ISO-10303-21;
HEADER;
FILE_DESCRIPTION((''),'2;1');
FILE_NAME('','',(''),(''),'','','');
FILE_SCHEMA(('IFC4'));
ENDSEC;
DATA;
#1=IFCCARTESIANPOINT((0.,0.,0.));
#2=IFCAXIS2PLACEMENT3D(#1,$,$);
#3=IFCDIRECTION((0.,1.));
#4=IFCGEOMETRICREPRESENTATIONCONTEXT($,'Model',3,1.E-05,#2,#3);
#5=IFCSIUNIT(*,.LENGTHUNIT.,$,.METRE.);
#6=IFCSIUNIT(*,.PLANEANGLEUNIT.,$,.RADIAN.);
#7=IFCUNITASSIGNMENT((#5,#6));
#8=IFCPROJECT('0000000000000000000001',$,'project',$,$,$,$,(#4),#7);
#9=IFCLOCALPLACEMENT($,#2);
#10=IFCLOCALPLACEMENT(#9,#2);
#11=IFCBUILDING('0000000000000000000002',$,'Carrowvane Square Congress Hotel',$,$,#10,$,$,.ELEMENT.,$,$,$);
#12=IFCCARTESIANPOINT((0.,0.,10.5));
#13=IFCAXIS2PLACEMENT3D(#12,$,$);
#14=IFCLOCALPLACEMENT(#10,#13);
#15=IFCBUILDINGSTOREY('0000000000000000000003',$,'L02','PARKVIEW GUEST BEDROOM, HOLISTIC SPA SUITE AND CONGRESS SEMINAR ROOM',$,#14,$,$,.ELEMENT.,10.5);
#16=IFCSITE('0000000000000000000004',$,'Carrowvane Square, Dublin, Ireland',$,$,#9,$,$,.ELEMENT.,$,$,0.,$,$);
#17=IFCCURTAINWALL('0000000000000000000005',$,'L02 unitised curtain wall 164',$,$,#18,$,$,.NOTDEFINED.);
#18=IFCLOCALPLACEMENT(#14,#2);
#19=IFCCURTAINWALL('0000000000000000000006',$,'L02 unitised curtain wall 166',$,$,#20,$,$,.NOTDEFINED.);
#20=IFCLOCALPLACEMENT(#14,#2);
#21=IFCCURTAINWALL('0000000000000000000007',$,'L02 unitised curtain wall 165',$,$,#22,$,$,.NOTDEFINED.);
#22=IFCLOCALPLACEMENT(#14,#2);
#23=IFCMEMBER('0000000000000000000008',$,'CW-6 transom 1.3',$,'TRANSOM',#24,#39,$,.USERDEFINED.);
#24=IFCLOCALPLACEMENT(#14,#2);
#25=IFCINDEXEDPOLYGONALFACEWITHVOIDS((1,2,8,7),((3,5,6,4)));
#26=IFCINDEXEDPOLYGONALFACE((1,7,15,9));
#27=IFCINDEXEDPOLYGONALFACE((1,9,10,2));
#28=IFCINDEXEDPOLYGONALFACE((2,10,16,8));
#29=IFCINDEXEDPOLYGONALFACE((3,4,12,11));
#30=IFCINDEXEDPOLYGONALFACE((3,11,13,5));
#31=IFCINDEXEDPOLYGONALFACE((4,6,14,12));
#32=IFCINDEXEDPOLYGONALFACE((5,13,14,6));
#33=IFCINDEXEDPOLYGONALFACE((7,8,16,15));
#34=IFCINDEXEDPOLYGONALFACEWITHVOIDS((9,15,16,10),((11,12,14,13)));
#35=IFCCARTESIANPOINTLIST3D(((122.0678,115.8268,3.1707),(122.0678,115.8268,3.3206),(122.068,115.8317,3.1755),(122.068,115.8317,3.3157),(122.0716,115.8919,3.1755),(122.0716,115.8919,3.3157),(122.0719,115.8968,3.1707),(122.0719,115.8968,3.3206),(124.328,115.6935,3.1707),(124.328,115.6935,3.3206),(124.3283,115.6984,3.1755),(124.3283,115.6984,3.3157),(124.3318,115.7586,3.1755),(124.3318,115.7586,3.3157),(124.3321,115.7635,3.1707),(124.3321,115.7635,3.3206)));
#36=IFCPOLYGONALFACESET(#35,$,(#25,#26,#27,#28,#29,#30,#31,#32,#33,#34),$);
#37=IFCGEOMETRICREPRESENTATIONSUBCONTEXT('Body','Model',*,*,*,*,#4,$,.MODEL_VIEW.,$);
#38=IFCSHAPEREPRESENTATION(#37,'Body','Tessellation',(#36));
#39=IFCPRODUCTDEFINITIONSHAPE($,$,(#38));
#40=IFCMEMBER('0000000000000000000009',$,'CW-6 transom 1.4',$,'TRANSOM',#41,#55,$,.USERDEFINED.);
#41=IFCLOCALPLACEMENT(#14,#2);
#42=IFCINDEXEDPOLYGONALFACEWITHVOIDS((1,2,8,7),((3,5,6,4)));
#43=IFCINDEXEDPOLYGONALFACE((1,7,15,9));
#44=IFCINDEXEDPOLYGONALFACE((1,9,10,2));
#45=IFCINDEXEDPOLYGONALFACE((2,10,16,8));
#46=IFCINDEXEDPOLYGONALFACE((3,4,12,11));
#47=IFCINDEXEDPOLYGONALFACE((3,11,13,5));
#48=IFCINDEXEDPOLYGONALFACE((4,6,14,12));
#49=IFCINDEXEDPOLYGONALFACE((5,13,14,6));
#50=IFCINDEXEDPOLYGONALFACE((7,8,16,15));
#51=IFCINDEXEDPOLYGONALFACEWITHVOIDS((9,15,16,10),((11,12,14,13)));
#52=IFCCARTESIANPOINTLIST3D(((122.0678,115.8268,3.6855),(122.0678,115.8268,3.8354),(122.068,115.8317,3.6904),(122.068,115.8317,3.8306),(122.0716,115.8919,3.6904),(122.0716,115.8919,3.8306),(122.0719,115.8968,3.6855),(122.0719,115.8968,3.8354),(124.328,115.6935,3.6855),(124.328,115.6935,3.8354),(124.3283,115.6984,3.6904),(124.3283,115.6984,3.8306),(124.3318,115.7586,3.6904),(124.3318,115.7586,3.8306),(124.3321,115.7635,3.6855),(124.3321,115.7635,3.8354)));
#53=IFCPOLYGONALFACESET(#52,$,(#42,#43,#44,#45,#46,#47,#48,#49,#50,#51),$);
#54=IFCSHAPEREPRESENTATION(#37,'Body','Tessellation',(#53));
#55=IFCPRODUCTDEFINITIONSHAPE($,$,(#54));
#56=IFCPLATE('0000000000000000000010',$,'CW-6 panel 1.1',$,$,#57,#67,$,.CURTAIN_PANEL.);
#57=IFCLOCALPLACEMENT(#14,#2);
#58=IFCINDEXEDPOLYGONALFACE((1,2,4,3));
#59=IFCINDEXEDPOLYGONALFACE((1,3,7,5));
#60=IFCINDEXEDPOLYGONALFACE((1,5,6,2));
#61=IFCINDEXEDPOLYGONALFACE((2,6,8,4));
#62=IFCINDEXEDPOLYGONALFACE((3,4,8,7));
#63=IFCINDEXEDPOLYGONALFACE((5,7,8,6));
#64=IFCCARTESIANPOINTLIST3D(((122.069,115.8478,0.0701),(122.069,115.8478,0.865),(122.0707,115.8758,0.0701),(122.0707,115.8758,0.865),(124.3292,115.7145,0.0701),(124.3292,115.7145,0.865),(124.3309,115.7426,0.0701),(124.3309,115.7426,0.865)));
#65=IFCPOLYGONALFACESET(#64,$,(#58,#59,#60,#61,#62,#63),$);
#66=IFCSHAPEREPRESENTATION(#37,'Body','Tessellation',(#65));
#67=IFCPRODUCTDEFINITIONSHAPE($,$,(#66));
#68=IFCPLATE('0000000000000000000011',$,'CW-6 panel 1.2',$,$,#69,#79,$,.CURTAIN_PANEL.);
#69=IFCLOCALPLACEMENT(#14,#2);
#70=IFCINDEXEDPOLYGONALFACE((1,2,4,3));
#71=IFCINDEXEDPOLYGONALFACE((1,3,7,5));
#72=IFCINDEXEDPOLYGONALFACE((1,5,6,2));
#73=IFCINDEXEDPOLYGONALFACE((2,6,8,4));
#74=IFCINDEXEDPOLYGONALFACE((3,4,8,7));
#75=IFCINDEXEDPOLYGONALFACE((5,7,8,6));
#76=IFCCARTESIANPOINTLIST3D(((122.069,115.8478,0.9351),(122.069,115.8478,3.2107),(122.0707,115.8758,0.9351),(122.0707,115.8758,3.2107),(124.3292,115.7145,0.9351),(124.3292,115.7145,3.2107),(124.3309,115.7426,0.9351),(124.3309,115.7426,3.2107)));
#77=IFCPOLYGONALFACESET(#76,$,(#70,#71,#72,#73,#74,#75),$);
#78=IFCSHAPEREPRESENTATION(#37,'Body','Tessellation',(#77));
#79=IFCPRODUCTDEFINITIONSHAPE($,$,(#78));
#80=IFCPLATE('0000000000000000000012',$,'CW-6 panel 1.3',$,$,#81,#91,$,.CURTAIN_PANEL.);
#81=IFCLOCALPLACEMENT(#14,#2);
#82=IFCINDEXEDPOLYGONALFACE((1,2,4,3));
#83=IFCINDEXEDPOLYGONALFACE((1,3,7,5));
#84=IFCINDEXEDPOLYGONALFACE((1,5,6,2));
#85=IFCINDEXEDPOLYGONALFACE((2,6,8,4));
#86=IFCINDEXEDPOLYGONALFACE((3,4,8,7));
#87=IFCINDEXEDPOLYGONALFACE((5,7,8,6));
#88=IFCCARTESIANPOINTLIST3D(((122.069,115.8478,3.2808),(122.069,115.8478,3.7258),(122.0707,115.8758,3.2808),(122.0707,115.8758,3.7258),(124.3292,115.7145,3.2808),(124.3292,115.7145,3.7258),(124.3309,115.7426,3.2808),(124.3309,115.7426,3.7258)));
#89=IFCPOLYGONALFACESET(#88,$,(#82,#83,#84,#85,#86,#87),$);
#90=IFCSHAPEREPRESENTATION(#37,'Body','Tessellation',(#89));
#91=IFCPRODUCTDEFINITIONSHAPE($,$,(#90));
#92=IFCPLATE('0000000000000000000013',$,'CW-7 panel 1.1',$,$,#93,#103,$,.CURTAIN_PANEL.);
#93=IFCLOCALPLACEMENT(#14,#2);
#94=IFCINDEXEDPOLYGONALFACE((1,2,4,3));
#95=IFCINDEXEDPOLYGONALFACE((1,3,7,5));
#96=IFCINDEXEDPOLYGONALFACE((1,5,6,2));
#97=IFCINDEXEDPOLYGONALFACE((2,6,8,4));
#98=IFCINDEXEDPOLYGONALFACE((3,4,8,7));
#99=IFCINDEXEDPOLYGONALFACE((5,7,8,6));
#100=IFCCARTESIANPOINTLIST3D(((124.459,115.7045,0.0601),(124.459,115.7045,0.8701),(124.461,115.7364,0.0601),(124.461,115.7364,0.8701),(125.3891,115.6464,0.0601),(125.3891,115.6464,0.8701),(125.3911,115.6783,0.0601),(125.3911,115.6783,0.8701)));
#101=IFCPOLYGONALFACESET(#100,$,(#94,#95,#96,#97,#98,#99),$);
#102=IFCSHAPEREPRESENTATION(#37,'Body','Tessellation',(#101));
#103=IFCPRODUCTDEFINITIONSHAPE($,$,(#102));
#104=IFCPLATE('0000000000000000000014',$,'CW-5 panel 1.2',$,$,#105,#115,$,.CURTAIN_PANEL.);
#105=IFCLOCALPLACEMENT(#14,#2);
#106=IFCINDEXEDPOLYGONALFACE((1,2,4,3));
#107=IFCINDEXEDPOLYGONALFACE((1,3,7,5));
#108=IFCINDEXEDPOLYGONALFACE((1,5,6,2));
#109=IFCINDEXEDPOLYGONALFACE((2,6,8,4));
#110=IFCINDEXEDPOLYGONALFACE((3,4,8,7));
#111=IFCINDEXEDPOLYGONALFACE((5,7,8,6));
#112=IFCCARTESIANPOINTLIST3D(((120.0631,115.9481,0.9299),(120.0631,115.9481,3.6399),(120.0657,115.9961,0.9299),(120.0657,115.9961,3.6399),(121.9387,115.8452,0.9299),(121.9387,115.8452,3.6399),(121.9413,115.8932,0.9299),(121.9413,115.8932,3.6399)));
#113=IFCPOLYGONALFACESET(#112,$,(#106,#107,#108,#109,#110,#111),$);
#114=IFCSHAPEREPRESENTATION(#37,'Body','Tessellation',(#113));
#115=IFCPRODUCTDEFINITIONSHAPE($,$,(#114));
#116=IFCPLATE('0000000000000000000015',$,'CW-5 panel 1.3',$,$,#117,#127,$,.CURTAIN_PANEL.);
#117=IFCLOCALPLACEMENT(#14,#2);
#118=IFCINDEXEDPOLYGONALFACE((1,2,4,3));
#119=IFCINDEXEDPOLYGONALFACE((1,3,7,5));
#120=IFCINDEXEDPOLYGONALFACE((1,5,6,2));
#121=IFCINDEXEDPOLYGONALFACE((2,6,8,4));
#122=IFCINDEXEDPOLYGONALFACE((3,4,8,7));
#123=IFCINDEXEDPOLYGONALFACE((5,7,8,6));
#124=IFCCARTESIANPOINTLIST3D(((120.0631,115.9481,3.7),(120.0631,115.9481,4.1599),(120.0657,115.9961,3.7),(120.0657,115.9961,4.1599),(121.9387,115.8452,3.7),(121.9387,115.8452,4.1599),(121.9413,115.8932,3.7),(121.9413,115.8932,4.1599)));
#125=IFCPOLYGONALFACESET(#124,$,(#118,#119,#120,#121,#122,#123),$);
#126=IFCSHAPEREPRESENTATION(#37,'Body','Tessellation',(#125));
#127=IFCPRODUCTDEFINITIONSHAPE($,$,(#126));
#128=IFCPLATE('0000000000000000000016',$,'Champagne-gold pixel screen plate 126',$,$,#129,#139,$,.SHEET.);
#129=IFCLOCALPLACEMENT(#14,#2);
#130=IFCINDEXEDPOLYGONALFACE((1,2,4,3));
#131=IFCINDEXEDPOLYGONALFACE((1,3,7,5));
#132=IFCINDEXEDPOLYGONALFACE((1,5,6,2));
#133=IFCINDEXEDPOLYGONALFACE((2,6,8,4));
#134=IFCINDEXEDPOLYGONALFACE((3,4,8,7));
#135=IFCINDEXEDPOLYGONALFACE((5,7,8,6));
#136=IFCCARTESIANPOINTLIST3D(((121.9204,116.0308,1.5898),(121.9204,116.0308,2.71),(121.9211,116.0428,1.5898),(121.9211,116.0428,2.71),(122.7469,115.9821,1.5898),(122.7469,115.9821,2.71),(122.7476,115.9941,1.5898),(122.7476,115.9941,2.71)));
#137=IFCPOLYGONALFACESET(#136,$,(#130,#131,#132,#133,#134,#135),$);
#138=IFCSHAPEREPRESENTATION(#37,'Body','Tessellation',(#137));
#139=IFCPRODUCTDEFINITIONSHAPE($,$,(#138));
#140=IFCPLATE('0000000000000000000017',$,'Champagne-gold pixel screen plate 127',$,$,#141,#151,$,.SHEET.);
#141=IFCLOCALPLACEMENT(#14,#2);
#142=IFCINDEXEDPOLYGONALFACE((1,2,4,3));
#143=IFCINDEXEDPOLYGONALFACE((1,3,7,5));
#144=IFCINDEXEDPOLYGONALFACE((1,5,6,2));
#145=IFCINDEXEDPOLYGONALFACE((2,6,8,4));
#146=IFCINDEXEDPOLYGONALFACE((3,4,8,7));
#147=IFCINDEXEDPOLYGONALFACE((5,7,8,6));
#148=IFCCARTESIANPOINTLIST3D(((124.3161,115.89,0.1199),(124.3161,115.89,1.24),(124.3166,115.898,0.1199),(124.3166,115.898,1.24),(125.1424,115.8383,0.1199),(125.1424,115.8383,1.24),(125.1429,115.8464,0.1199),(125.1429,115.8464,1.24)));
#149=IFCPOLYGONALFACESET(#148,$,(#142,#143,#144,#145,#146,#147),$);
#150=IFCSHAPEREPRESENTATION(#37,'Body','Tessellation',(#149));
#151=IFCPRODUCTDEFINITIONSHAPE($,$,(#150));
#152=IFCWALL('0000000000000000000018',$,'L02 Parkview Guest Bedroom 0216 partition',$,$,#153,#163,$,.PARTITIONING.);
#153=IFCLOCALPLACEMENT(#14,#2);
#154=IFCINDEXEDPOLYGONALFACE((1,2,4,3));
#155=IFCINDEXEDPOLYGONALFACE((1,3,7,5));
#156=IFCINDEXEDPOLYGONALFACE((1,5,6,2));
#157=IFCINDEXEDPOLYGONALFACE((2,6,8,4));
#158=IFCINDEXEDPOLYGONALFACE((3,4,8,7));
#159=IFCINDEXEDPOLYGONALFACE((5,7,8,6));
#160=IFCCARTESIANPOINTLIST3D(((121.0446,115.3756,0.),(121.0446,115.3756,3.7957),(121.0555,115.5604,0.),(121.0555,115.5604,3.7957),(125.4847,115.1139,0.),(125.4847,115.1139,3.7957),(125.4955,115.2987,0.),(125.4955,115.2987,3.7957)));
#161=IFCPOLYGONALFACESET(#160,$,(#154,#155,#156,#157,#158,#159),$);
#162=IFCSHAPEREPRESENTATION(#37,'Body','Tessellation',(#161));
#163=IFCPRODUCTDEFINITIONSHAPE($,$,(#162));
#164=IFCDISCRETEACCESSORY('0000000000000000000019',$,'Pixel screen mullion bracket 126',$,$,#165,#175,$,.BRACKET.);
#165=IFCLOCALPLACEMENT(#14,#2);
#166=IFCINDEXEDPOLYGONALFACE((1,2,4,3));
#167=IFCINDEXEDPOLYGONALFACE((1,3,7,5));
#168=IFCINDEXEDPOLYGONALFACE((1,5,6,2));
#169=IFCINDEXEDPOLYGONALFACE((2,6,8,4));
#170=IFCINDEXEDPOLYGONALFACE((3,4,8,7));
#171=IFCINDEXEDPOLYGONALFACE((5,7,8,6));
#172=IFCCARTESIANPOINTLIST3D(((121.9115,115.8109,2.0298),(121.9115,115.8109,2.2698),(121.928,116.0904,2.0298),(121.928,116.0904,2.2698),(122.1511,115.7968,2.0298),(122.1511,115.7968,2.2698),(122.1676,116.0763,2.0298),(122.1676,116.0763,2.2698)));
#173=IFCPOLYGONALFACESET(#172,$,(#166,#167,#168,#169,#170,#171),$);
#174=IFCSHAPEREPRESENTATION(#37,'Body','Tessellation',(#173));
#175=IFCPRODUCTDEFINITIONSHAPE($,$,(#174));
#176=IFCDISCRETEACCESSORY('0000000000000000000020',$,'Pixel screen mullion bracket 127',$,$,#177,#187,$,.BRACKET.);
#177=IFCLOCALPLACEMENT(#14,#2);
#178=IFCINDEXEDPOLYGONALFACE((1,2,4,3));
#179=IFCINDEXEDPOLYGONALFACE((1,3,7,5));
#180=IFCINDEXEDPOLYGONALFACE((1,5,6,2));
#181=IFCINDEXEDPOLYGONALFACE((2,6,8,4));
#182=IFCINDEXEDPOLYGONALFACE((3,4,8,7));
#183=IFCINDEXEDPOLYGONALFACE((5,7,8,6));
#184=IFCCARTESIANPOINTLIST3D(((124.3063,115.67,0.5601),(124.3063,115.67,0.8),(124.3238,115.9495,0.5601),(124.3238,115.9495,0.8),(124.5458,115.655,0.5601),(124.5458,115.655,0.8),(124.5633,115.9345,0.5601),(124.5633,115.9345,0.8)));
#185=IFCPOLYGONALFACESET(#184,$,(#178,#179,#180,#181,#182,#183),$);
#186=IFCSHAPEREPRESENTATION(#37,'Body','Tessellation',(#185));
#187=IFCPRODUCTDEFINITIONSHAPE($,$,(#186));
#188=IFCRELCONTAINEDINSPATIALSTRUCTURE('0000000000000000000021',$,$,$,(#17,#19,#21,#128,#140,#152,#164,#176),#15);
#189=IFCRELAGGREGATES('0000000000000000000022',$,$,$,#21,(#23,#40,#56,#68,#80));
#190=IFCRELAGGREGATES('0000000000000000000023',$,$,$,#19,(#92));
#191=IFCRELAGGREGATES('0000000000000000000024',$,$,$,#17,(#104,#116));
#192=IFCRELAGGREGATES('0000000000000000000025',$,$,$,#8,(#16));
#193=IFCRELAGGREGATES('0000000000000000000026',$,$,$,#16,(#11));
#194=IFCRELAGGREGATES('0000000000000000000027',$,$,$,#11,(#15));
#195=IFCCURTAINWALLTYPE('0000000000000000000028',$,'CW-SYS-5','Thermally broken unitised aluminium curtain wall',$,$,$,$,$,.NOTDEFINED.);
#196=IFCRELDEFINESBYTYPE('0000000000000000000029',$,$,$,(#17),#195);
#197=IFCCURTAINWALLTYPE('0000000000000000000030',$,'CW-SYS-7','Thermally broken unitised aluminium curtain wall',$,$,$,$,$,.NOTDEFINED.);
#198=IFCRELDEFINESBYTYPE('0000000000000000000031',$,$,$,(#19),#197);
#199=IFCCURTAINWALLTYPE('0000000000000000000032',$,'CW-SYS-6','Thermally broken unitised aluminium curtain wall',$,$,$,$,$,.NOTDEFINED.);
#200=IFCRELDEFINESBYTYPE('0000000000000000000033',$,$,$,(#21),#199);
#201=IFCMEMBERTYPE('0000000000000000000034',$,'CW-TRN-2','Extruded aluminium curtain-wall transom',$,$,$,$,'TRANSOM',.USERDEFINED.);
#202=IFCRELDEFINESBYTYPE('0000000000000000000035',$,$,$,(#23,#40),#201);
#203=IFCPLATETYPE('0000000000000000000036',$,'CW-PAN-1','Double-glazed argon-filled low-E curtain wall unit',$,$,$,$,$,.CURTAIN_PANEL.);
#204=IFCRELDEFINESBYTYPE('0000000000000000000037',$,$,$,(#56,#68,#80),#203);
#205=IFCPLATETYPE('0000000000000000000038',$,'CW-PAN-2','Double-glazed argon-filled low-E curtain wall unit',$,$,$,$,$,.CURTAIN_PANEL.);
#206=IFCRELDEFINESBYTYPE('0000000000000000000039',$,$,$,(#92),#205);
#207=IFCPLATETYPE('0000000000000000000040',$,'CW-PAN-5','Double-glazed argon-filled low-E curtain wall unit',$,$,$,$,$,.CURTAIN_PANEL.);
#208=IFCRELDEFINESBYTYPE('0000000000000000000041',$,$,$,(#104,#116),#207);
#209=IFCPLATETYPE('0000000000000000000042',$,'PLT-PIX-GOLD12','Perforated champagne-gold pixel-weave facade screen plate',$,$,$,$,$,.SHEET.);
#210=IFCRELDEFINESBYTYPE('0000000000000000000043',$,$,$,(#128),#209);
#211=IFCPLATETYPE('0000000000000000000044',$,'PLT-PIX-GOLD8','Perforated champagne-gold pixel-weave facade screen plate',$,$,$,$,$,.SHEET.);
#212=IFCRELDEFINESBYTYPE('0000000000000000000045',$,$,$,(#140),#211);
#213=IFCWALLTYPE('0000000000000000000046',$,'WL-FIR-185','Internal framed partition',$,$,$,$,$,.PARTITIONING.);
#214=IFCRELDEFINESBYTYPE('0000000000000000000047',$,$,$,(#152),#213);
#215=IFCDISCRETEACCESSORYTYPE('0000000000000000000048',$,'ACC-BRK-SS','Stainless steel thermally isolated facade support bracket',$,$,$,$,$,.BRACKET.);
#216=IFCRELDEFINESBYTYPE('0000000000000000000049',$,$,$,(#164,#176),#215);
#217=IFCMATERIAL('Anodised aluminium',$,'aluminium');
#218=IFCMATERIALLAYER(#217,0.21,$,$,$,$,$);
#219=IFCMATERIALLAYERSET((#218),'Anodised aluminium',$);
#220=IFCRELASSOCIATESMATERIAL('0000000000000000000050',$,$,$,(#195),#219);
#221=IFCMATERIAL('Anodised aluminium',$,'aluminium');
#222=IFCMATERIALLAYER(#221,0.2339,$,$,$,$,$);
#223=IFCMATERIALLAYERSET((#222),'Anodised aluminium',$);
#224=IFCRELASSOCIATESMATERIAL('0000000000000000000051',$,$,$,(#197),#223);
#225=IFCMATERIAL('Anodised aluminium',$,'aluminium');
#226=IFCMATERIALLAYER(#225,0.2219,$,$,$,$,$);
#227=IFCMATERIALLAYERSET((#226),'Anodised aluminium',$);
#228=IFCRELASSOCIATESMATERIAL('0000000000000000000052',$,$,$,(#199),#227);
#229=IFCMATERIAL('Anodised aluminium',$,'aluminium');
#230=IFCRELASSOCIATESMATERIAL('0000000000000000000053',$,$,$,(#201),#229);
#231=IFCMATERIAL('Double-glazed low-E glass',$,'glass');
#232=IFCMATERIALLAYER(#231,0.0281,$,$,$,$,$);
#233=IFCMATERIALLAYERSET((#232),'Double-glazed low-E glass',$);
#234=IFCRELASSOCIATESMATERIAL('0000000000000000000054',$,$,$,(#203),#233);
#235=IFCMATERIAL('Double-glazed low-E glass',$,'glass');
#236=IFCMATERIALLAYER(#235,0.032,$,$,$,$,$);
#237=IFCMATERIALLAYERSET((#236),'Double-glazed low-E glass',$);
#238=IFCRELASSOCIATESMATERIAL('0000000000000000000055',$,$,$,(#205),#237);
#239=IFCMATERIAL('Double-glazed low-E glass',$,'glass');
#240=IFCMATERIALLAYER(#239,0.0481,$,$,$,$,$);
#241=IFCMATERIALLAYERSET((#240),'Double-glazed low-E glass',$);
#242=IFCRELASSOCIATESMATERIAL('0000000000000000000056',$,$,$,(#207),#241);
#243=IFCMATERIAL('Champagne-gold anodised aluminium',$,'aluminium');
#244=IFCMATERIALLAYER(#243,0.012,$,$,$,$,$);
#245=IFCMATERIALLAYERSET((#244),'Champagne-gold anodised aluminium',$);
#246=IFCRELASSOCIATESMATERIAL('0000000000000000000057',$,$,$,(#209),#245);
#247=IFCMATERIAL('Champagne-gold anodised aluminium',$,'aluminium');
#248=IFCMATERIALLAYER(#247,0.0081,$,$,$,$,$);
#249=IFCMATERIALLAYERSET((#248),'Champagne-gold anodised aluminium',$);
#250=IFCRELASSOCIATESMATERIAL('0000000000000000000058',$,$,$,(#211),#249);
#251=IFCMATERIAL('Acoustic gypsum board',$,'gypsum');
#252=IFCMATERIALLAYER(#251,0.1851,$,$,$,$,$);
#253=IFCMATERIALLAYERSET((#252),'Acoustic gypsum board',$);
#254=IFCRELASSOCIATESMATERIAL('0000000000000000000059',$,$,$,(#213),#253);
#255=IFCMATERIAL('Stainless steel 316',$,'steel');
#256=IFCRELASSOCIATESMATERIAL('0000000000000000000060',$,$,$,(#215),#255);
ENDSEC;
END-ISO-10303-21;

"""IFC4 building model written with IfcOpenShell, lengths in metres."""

from ifc_helpers import new_model, si_unit, direction, frame, frame_2d, origin, origin_2d, place, context, subcontext, project, spatial, rectangle, hollow_rectangle, extrude, material, layer, layer_set, material_profile, profile_set, type_object, element, aggregate, save


model = new_model("IFC4")

# Units and contexts
model_context = context("Model", 3, precision=1e-05, world=origin(), true_north=direction((0.0, 1.0)))
body_context = subcontext(model_context, "Body", "Model", "MODEL_VIEW")
ifc_project = project(units=[si_unit("LENGTHUNIT", "METRE"), si_unit("PLANEANGLEUNIT", "RADIAN")], contexts=[model_context])

# Site, building, storey
site_placement = place(None, origin())
site = spatial("IfcSite", under=ifc_project, at=site_placement, Name="Carrowvane Square, Dublin, Ireland", CompositionType="ELEMENT", RefElevation=0.0)
building_placement = place(site_placement, origin())
building = spatial("IfcBuilding", under=site, at=building_placement, Name="Carrowvane Square Congress Hotel", CompositionType="ELEMENT")
storey_placement = place(building_placement, frame((0.0, 0.0, 10.5)))
storey = spatial("IfcBuildingStorey", under=building, at=storey_placement, Name="L02", Description="PARKVIEW GUEST BEDROOM, HOLISTIC SPA SUITE AND CONGRESS SEMINAR ROOM", CompositionType="ELEMENT", Elevation=10.5)

# Curtain walls
ifc_material_1 = material(Name="Anodised aluminium", Category="aluminium")
ifc_layer_1 = layer(ifc_material_1, 0.21)
ifc_layer_set_1 = layer_set([ifc_layer_1], Name="Anodised aluminium")
curtain_wall_type_1 = type_object("IfcCurtainWallType", Name="CW-SYS-5", Description="Thermally broken unitised aluminium curtain wall", PredefinedType="NOTDEFINED", material=ifc_layer_set_1)
curtain_wall_1_placement = place(storey_placement, origin())
curtain_wall_1 = element("IfcCurtainWall", 1, at=curtain_wall_1_placement, inside=storey, type_object=curtain_wall_type_1, Name="L02 unitised curtain wall 164", PredefinedType="NOTDEFINED")
ifc_material_2 = material(Name="Anodised aluminium", Category="aluminium")
ifc_layer_2 = layer(ifc_material_2, 0.2339)
ifc_layer_set_2 = layer_set([ifc_layer_2], Name="Anodised aluminium")
curtain_wall_type_2 = type_object("IfcCurtainWallType", Name="CW-SYS-7", Description="Thermally broken unitised aluminium curtain wall", PredefinedType="NOTDEFINED", material=ifc_layer_set_2)
curtain_wall_2_placement = place(storey_placement, origin())
curtain_wall_2 = element("IfcCurtainWall", 2, at=curtain_wall_2_placement, inside=storey, type_object=curtain_wall_type_2, Name="L02 unitised curtain wall 166", PredefinedType="NOTDEFINED")

# Curtain wall
ifc_material_3 = material(Name="Anodised aluminium", Category="aluminium")
ifc_layer_3 = layer(ifc_material_3, 0.2219)
ifc_layer_set_3 = layer_set([ifc_layer_3], Name="Anodised aluminium")
curtain_wall_type_3 = type_object("IfcCurtainWallType", Name="CW-SYS-6", Description="Thermally broken unitised aluminium curtain wall", PredefinedType="NOTDEFINED", material=ifc_layer_set_3)
curtain_wall_3_placement = place(storey_placement, origin())
curtain_wall_3 = element("IfcCurtainWall", 3, at=curtain_wall_3_placement, inside=storey, type_object=curtain_wall_type_3, Name="L02 unitised curtain wall 165", PredefinedType="NOTDEFINED")

# Members
ifc_material_4 = material(Name="Anodised aluminium", Category="aluminium")
ifc_material_profile_1 = material_profile(ifc_material_4, hollow_rectangle(XDim=0.0701, YDim=0.1499, WallThickness=0.0049, at=origin_2d()), Name="CW-TR 70x150x5")
ifc_profile_set_1 = profile_set([ifc_material_profile_1], Name="Anodised aluminium")
member_type_1 = type_object("IfcMemberType", Name="CW-TRN-2", Description="Extruded aluminium curtain-wall transom", ElementType="TRANSOM", PredefinedType="USERDEFINED", material=ifc_profile_set_1)
member_1_placement = place(storey_placement, frame((122.0698, 115.8618, 3.2456), z_axis=(0.998265, -0.058874, 0.0), x_axis=(0.058874, 0.998265, 0.0)))
member_1 = element("IfcMember", 4, at=member_1_placement, type_object=member_type_1, Name="CW-6 transom 1.3", ObjectType="TRANSOM", PredefinedType="USERDEFINED", context=body_context, shape_type="SweptSolid", body=[
    extrude(hollow_rectangle(XDim=0.0701, YDim=0.1499, WallThickness=0.0049, at=origin_2d()), origin(), (0.0, 0.0, 1.0), 2.2642),
])
member_2_placement = place(storey_placement, frame((122.0698, 115.8618, 3.7605), z_axis=(0.998265, -0.058874, 0.0), x_axis=(0.058874, 0.998265, 0.0)))
member_2 = element("IfcMember", 5, at=member_2_placement, type_object=member_type_1, Name="CW-6 transom 1.4", ObjectType="TRANSOM", PredefinedType="USERDEFINED", context=body_context, shape_type="SweptSolid", body=[
    extrude(hollow_rectangle(XDim=0.0701, YDim=0.1499, WallThickness=0.0049, at=origin_2d()), origin(), (0.0, 0.0, 1.0), 2.2642),
])

# Plates
ifc_material_5 = material(Name="Double-glazed low-E glass", Category="glass")
ifc_layer_4 = layer(ifc_material_5, 0.0281)
ifc_layer_set_4 = layer_set([ifc_layer_4], Name="Double-glazed low-E glass")
plate_type_1 = type_object("IfcPlateType", Name="CW-PAN-1", Description="Double-glazed argon-filled low-E curtain wall unit", PredefinedType="CURTAIN_PANEL", material=ifc_layer_set_4)
plate_1_placement = place(storey_placement, frame((123.2, 115.7952, 0.0701), z_axis=(0.0, 0.0, 1.0), x_axis=(0.998267, -0.058851, 0.0)))
plate_1 = element("IfcPlate", 6, at=plate_1_placement, type_object=plate_type_1, Name="CW-6 panel 1.1", PredefinedType="CURTAIN_PANEL", context=body_context, shape_type="SweptSolid", body=[
    extrude(rectangle(XDim=2.2642, YDim=0.0281, at=origin_2d()), origin(), (0.0, 0.0, 1.0), 0.7949),
])
plate_2_placement = place(storey_placement, frame((123.2, 115.7952, 0.9351), z_axis=(0.0, 0.0, 1.0), x_axis=(0.998267, -0.058851, 0.0)))
plate_2 = element("IfcPlate", 7, at=plate_2_placement, type_object=plate_type_1, Name="CW-6 panel 1.2", PredefinedType="CURTAIN_PANEL", context=body_context, shape_type="SweptSolid", body=[
    extrude(rectangle(XDim=2.2642, YDim=0.0281, at=origin_2d()), origin(), (0.0, 0.0, 1.0), 2.2756),
])
plate_3_placement = place(storey_placement, frame((123.2, 115.7952, 3.2808), z_axis=(0.0, 0.0, 1.0), x_axis=(0.998267, -0.058851, 0.0)))
plate_3 = element("IfcPlate", 8, at=plate_3_placement, type_object=plate_type_1, Name="CW-6 panel 1.3", PredefinedType="CURTAIN_PANEL", context=body_context, shape_type="SweptSolid", body=[
    extrude(rectangle(XDim=2.2642, YDim=0.0281, at=origin_2d()), origin(), (0.0, 0.0, 1.0), 0.4451),
])
aggregate(curtain_wall_3, [member_1, member_2, plate_1, plate_2, plate_3])
ifc_material_6 = material(Name="Double-glazed low-E glass", Category="glass")
ifc_layer_5 = layer(ifc_material_6, 0.032)
ifc_layer_set_5 = layer_set([ifc_layer_5], Name="Double-glazed low-E glass")
plate_type_2 = type_object("IfcPlateType", Name="CW-PAN-2", Description="Double-glazed argon-filled low-E curtain wall unit", PredefinedType="CURTAIN_PANEL", material=ifc_layer_set_5)
plate_4_placement = place(storey_placement, frame((124.925, 115.6914, 0.0601), z_axis=(0.0, 0.0, 1.0), x_axis=(0.998051, -0.062397, 0.0)))
plate_4 = element("IfcPlate", 9, at=plate_4_placement, type_object=plate_type_2, Name="CW-7 panel 1.1", PredefinedType="CURTAIN_PANEL", context=body_context, shape_type="SweptSolid", body=[
    extrude(rectangle(XDim=0.9319, YDim=0.032, at=origin_2d()), origin(), (0.0, 0.0, 1.0), 0.8101),
])
aggregate(curtain_wall_2, [plate_4])
ifc_material_7 = material(Name="Double-glazed low-E glass", Category="glass")
ifc_layer_6 = layer(ifc_material_7, 0.0481)
ifc_layer_set_6 = layer_set([ifc_layer_6], Name="Double-glazed low-E glass")
plate_type_3 = type_object("IfcPlateType", Name="CW-PAN-5", Description="Double-glazed argon-filled low-E curtain wall unit", PredefinedType="CURTAIN_PANEL", material=ifc_layer_set_6)
plate_5_placement = place(storey_placement, frame((121.0022, 115.9207, 0.9299), z_axis=(0.0, 0.0, 1.0), x_axis=(0.998496, -0.054816, 0.0)))
plate_5 = element("IfcPlate", 10, at=plate_5_placement, type_object=plate_type_3, Name="CW-5 panel 1.2", PredefinedType="CURTAIN_PANEL", context=body_context, shape_type="SweptSolid", body=[
    extrude(rectangle(XDim=1.8784, YDim=0.0481, at=origin_2d()), origin(), (0.0, 0.0, 1.0), 2.71),
])
plate_6_placement = place(storey_placement, frame((121.0022, 115.9207, 3.7), z_axis=(0.0, 0.0, 1.0), x_axis=(0.998496, -0.054816, 0.0)))
plate_6 = element("IfcPlate", 11, at=plate_6_placement, type_object=plate_type_3, Name="CW-5 panel 1.3", PredefinedType="CURTAIN_PANEL", context=body_context, shape_type="SweptSolid", body=[
    extrude(rectangle(XDim=1.8784, YDim=0.0481, at=origin_2d()), origin(), (0.0, 0.0, 1.0), 0.46),
])
aggregate(curtain_wall_1, [plate_5, plate_6])

# Plates
ifc_material_8 = material(Name="Champagne-gold anodised aluminium", Category="aluminium")
ifc_layer_7 = layer(ifc_material_8, 0.012)
ifc_layer_set_7 = layer_set([ifc_layer_7], Name="Champagne-gold anodised aluminium")
plate_type_4 = type_object("IfcPlateType", Name="PLT-PIX-GOLD12", Description="Perforated champagne-gold pixel-weave facade screen plate", PredefinedType="SHEET", material=ifc_layer_set_7)
plate_7_placement = place(storey_placement, frame((122.334, 116.0125, 1.5898), z_axis=(0.0, 0.0, 1.0), x_axis=(0.998267, -0.058852, 0.0)))
element("IfcPlate", 12, at=plate_7_placement, inside=storey, type_object=plate_type_4, Name="Champagne-gold pixel screen plate 126", PredefinedType="SHEET", context=body_context, shape_type="SweptSolid", body=[
    extrude(rectangle(XDim=0.8279, YDim=0.012, at=origin_2d()), origin(), (0.0, 0.0, 1.0), 1.1201),
])
ifc_material_9 = material(Name="Champagne-gold anodised aluminium", Category="aluminium")
ifc_layer_8 = layer(ifc_material_9, 0.0081)
ifc_layer_set_8 = layer_set([ifc_layer_8], Name="Champagne-gold anodised aluminium")
plate_type_5 = type_object("IfcPlateType", Name="PLT-PIX-GOLD8", Description="Perforated champagne-gold pixel-weave facade screen plate", PredefinedType="SHEET", material=ifc_layer_set_8)
plate_8_placement = place(storey_placement, frame((124.7295, 115.8682, 0.1199), z_axis=(0.0, 0.0, 1.0), x_axis=(0.998051, -0.062397, 0.0)))
element("IfcPlate", 13, at=plate_8_placement, inside=storey, type_object=plate_type_5, Name="Champagne-gold pixel screen plate 127", PredefinedType="SHEET", context=body_context, shape_type="SweptSolid", body=[
    extrude(rectangle(XDim=0.8279, YDim=0.0081, at=origin_2d()), origin(), (0.0, 0.0, 1.0), 1.1201),
])

# Wall
ifc_material_10 = material(Name="Acoustic gypsum board", Category="gypsum")
ifc_layer_9 = layer(ifc_material_10, 0.1851)
ifc_layer_set_9 = layer_set([ifc_layer_9], Name="Acoustic gypsum board")
wall_type = type_object("IfcWallType", Name="WL-FIR-185", Description="Internal framed partition", PredefinedType="PARTITIONING", material=ifc_layer_set_9)
wall_placement = place(storey_placement, frame((121.05, 115.468, 0.0), z_axis=(0.0, 0.0, 1.0), x_axis=(0.998267, -0.058844, 0.0)))
element("IfcWall", 14, at=wall_placement, inside=storey, type_object=wall_type, Name="L02 Parkview Guest Bedroom 0216 partition", PredefinedType="PARTITIONING", context=body_context, shape_type="SweptSolid", body=[
    extrude(rectangle(XDim=4.4478, YDim=0.1851, at=frame_2d((2.2239, 0.0))), origin(), (0.0, 0.0, 1.0), 3.7957),
])

# Discrete accessories
ifc_material_11 = material(Name="Stainless steel 316", Category="steel")
discrete_accessory_type = type_object("IfcDiscreteAccessoryType", Name="ACC-BRK-SS", Description="Stainless steel thermally isolated facade support bracket", PredefinedType="BRACKET", material=ifc_material_11)
for number, where, z_axis, x_axis, name in (
    (15, (122.0396, 115.9436, 2.0298), (0.0, 0.0, 1.0), (0.998267, -0.058852, 0.0), "Pixel screen mullion bracket 126"),
    (16, (124.4348, 115.8022, 0.5601), (0.0, 0.0, 1.0), (0.998051, -0.062397, 0.0), "Pixel screen mullion bracket 127"),
):
    element("IfcDiscreteAccessory", number, at=place(storey_placement, frame(where, z_axis=z_axis, x_axis=x_axis)), inside=storey, type_object=discrete_accessory_type, Name=name, PredefinedType="BRACKET", context=body_context, shape_type="SweptSolid", body=[
        extrude(rectangle(XDim=0.24, YDim=0.28, at=origin_2d()), origin(), (0.0, 0.0, 1.0), 0.24),
    ])

save(model, "model.ifc")
